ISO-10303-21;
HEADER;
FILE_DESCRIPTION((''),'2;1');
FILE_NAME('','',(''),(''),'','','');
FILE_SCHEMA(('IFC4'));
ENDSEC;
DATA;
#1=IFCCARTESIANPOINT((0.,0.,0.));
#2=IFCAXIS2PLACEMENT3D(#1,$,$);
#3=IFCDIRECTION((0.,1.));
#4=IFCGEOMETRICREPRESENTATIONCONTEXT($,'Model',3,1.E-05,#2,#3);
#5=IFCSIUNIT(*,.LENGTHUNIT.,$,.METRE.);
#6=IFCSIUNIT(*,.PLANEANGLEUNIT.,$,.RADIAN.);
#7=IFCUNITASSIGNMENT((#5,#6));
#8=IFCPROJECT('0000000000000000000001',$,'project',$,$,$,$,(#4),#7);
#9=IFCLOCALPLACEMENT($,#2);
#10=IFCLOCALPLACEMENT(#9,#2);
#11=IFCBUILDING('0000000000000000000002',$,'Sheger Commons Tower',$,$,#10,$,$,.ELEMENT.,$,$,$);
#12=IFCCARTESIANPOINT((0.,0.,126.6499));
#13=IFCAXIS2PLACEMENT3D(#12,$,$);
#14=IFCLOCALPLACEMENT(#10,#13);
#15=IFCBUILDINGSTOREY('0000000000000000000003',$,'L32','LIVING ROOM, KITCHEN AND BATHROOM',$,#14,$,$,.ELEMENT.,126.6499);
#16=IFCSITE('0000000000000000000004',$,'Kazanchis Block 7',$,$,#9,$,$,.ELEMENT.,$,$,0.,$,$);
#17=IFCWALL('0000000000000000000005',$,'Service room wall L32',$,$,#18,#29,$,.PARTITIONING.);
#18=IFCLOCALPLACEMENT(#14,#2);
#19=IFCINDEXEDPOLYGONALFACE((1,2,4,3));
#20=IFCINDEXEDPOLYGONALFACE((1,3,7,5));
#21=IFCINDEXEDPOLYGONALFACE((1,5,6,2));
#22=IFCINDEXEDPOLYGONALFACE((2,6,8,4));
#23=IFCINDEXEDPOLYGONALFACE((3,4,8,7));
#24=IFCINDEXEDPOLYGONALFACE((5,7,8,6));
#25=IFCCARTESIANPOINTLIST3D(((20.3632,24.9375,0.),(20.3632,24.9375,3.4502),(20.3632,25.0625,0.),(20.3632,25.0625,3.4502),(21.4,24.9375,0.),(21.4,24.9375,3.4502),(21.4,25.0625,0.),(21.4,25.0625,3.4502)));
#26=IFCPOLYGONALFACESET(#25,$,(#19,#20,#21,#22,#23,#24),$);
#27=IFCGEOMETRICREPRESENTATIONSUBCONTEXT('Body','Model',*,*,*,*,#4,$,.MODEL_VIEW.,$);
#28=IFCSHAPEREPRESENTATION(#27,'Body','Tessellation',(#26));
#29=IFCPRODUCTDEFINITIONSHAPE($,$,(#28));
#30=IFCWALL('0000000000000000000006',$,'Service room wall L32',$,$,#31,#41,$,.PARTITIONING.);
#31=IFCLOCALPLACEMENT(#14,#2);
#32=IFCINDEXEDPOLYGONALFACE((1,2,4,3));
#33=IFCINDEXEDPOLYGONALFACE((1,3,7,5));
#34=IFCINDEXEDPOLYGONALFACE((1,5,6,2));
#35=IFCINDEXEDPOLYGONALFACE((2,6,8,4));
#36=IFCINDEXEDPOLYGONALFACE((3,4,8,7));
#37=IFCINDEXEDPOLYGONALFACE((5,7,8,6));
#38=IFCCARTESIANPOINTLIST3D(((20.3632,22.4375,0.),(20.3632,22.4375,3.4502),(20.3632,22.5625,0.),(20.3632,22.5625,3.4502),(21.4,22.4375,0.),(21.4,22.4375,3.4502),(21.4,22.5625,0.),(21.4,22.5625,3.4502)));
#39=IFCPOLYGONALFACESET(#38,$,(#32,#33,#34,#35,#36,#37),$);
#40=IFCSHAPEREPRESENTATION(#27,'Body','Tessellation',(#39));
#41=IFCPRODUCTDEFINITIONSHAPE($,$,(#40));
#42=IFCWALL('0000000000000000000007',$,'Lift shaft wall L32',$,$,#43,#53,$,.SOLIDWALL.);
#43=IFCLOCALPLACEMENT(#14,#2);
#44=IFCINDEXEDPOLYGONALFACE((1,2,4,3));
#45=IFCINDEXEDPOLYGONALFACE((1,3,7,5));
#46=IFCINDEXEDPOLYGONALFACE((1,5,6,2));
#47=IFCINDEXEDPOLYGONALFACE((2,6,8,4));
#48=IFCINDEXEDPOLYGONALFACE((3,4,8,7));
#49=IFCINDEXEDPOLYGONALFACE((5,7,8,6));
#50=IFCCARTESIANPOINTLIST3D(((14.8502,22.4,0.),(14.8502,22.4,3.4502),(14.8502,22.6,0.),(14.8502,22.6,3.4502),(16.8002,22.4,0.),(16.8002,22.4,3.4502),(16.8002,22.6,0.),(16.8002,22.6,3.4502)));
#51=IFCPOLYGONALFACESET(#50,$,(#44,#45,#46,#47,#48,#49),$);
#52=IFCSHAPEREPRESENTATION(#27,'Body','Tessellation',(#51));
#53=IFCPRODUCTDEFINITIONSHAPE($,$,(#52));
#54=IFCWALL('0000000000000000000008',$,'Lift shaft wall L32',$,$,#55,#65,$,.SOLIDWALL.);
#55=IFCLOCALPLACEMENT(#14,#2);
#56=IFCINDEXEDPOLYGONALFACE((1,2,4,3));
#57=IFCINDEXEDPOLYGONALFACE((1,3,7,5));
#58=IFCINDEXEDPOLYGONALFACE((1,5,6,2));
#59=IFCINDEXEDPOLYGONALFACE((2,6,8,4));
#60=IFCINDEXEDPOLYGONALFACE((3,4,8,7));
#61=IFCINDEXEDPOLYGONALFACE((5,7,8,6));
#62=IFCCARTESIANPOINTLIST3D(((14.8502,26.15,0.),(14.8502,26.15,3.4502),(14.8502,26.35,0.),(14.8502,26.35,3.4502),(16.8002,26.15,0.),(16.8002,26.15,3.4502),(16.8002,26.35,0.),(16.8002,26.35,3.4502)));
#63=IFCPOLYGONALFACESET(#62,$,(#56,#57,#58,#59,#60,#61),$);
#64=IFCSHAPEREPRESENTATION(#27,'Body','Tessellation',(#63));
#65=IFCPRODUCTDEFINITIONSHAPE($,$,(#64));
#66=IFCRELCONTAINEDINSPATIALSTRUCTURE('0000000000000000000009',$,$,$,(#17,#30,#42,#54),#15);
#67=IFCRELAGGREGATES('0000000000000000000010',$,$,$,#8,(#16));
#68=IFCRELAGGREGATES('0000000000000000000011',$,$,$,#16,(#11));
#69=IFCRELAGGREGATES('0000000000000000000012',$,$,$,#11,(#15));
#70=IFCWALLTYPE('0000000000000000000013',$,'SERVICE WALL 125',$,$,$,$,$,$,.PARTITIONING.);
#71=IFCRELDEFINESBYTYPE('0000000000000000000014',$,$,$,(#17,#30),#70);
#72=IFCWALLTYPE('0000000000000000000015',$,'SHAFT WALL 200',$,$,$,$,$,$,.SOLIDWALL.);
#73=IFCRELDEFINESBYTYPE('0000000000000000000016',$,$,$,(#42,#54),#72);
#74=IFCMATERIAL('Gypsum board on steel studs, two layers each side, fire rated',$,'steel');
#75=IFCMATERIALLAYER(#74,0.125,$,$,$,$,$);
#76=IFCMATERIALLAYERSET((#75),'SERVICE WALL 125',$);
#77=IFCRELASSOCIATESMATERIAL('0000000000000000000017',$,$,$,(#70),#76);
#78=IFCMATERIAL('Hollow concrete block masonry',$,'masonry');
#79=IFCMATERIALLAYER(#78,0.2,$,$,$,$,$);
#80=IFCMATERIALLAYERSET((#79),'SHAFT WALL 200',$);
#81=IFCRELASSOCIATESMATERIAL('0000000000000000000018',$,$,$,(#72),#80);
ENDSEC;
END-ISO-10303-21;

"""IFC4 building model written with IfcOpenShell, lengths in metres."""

from ifc_helpers import new_model, si_unit, direction, frame, frame_2d, origin, place, context, subcontext, project, spatial, rectangle, extrude, material, layer, layer_set, type_object, element, save


model = new_model("IFC4")

# Units and contexts
model_context = context("Model", 3, precision=1e-05, world=origin(), true_north=direction((0.0, 1.0)))
body_context = subcontext(model_context, "Body", "Model", "MODEL_VIEW")
ifc_project = project(units=[si_unit("LENGTHUNIT", "METRE"), si_unit("PLANEANGLEUNIT", "RADIAN")], contexts=[model_context])

# Site, building, storey
site_placement = place(None, origin())
site = spatial("IfcSite", under=ifc_project, at=site_placement, Name="Kazanchis Block 7", CompositionType="ELEMENT", RefElevation=0.0)
building_placement = place(site_placement, origin())
building = spatial("IfcBuilding", under=site, at=building_placement, Name="Sheger Commons Tower", CompositionType="ELEMENT")
storey_placement = place(building_placement, frame((0.0, 0.0, 126.6499)))
storey = spatial("IfcBuildingStorey", under=building, at=storey_placement, Name="L32", Description="LIVING ROOM, KITCHEN AND BATHROOM", CompositionType="ELEMENT", Elevation=126.6499)

# Shared definitions
ifc_material_1 = material(Name="Gypsum board on steel studs, two layers each side, fire rated", Category="steel")
ifc_layer_1 = layer(ifc_material_1, 0.125)
ifc_layer_set_1 = layer_set([ifc_layer_1], Name="SERVICE WALL 125")
wall_type_1 = type_object("IfcWallType", Name="SERVICE WALL 125", PredefinedType="PARTITIONING", material=ifc_layer_set_1)

# Walls
for number, where, z_axis, x_axis, name in (
    (1, (20.363, 25.0, 0.0), (0.0, 0.0, 1.0), (1.0, 0.0, 0.0), "Service room wall L32"),
    (2, (20.363, 22.5, 0.0), (0.0, 0.0, 1.0), (1.0, 0.0, 0.0), "Service room wall L32"),
):
    element("IfcWall", number, at=place(storey_placement, frame(where, z_axis=z_axis, x_axis=x_axis)), inside=storey, type_object=wall_type_1, Name=name, PredefinedType="PARTITIONING", context=body_context, shape_type="SweptSolid", body=[
        extrude(rectangle(XDim=1.0369, YDim=0.125, at=frame_2d((0.5186, 0.0))), origin(), (0.0, 0.0, 1.0), 3.4502),
    ])
ifc_material_2 = material(Name="Hollow concrete block masonry", Category="masonry")
ifc_layer_2 = layer(ifc_material_2, 0.2)
ifc_layer_set_2 = layer_set([ifc_layer_2], Name="SHAFT WALL 200")
wall_type_2 = type_object("IfcWallType", Name="SHAFT WALL 200", PredefinedType="SOLIDWALL", material=ifc_layer_set_2)
for number, where, z_axis, x_axis, name in (
    (3, (14.8501, 22.5, 0.0), (0.0, 0.0, 1.0), (1.0, 0.0, 0.0), "Lift shaft wall L32"),
    (4, (14.8501, 26.25, 0.0), (0.0, 0.0, 1.0), (1.0, 0.0, 0.0), "Lift shaft wall L32"),
):
    element("IfcWall", number, at=place(storey_placement, frame(where, z_axis=z_axis, x_axis=x_axis)), inside=storey, type_object=wall_type_2, Name=name, PredefinedType="SOLIDWALL", context=body_context, shape_type="SweptSolid", body=[
        extrude(rectangle(XDim=1.95, YDim=0.2, at=frame_2d((0.9751, 0.0))), origin(), (0.0, 0.0, 1.0), 3.4502),
    ])

save(model, "model.ifc")
